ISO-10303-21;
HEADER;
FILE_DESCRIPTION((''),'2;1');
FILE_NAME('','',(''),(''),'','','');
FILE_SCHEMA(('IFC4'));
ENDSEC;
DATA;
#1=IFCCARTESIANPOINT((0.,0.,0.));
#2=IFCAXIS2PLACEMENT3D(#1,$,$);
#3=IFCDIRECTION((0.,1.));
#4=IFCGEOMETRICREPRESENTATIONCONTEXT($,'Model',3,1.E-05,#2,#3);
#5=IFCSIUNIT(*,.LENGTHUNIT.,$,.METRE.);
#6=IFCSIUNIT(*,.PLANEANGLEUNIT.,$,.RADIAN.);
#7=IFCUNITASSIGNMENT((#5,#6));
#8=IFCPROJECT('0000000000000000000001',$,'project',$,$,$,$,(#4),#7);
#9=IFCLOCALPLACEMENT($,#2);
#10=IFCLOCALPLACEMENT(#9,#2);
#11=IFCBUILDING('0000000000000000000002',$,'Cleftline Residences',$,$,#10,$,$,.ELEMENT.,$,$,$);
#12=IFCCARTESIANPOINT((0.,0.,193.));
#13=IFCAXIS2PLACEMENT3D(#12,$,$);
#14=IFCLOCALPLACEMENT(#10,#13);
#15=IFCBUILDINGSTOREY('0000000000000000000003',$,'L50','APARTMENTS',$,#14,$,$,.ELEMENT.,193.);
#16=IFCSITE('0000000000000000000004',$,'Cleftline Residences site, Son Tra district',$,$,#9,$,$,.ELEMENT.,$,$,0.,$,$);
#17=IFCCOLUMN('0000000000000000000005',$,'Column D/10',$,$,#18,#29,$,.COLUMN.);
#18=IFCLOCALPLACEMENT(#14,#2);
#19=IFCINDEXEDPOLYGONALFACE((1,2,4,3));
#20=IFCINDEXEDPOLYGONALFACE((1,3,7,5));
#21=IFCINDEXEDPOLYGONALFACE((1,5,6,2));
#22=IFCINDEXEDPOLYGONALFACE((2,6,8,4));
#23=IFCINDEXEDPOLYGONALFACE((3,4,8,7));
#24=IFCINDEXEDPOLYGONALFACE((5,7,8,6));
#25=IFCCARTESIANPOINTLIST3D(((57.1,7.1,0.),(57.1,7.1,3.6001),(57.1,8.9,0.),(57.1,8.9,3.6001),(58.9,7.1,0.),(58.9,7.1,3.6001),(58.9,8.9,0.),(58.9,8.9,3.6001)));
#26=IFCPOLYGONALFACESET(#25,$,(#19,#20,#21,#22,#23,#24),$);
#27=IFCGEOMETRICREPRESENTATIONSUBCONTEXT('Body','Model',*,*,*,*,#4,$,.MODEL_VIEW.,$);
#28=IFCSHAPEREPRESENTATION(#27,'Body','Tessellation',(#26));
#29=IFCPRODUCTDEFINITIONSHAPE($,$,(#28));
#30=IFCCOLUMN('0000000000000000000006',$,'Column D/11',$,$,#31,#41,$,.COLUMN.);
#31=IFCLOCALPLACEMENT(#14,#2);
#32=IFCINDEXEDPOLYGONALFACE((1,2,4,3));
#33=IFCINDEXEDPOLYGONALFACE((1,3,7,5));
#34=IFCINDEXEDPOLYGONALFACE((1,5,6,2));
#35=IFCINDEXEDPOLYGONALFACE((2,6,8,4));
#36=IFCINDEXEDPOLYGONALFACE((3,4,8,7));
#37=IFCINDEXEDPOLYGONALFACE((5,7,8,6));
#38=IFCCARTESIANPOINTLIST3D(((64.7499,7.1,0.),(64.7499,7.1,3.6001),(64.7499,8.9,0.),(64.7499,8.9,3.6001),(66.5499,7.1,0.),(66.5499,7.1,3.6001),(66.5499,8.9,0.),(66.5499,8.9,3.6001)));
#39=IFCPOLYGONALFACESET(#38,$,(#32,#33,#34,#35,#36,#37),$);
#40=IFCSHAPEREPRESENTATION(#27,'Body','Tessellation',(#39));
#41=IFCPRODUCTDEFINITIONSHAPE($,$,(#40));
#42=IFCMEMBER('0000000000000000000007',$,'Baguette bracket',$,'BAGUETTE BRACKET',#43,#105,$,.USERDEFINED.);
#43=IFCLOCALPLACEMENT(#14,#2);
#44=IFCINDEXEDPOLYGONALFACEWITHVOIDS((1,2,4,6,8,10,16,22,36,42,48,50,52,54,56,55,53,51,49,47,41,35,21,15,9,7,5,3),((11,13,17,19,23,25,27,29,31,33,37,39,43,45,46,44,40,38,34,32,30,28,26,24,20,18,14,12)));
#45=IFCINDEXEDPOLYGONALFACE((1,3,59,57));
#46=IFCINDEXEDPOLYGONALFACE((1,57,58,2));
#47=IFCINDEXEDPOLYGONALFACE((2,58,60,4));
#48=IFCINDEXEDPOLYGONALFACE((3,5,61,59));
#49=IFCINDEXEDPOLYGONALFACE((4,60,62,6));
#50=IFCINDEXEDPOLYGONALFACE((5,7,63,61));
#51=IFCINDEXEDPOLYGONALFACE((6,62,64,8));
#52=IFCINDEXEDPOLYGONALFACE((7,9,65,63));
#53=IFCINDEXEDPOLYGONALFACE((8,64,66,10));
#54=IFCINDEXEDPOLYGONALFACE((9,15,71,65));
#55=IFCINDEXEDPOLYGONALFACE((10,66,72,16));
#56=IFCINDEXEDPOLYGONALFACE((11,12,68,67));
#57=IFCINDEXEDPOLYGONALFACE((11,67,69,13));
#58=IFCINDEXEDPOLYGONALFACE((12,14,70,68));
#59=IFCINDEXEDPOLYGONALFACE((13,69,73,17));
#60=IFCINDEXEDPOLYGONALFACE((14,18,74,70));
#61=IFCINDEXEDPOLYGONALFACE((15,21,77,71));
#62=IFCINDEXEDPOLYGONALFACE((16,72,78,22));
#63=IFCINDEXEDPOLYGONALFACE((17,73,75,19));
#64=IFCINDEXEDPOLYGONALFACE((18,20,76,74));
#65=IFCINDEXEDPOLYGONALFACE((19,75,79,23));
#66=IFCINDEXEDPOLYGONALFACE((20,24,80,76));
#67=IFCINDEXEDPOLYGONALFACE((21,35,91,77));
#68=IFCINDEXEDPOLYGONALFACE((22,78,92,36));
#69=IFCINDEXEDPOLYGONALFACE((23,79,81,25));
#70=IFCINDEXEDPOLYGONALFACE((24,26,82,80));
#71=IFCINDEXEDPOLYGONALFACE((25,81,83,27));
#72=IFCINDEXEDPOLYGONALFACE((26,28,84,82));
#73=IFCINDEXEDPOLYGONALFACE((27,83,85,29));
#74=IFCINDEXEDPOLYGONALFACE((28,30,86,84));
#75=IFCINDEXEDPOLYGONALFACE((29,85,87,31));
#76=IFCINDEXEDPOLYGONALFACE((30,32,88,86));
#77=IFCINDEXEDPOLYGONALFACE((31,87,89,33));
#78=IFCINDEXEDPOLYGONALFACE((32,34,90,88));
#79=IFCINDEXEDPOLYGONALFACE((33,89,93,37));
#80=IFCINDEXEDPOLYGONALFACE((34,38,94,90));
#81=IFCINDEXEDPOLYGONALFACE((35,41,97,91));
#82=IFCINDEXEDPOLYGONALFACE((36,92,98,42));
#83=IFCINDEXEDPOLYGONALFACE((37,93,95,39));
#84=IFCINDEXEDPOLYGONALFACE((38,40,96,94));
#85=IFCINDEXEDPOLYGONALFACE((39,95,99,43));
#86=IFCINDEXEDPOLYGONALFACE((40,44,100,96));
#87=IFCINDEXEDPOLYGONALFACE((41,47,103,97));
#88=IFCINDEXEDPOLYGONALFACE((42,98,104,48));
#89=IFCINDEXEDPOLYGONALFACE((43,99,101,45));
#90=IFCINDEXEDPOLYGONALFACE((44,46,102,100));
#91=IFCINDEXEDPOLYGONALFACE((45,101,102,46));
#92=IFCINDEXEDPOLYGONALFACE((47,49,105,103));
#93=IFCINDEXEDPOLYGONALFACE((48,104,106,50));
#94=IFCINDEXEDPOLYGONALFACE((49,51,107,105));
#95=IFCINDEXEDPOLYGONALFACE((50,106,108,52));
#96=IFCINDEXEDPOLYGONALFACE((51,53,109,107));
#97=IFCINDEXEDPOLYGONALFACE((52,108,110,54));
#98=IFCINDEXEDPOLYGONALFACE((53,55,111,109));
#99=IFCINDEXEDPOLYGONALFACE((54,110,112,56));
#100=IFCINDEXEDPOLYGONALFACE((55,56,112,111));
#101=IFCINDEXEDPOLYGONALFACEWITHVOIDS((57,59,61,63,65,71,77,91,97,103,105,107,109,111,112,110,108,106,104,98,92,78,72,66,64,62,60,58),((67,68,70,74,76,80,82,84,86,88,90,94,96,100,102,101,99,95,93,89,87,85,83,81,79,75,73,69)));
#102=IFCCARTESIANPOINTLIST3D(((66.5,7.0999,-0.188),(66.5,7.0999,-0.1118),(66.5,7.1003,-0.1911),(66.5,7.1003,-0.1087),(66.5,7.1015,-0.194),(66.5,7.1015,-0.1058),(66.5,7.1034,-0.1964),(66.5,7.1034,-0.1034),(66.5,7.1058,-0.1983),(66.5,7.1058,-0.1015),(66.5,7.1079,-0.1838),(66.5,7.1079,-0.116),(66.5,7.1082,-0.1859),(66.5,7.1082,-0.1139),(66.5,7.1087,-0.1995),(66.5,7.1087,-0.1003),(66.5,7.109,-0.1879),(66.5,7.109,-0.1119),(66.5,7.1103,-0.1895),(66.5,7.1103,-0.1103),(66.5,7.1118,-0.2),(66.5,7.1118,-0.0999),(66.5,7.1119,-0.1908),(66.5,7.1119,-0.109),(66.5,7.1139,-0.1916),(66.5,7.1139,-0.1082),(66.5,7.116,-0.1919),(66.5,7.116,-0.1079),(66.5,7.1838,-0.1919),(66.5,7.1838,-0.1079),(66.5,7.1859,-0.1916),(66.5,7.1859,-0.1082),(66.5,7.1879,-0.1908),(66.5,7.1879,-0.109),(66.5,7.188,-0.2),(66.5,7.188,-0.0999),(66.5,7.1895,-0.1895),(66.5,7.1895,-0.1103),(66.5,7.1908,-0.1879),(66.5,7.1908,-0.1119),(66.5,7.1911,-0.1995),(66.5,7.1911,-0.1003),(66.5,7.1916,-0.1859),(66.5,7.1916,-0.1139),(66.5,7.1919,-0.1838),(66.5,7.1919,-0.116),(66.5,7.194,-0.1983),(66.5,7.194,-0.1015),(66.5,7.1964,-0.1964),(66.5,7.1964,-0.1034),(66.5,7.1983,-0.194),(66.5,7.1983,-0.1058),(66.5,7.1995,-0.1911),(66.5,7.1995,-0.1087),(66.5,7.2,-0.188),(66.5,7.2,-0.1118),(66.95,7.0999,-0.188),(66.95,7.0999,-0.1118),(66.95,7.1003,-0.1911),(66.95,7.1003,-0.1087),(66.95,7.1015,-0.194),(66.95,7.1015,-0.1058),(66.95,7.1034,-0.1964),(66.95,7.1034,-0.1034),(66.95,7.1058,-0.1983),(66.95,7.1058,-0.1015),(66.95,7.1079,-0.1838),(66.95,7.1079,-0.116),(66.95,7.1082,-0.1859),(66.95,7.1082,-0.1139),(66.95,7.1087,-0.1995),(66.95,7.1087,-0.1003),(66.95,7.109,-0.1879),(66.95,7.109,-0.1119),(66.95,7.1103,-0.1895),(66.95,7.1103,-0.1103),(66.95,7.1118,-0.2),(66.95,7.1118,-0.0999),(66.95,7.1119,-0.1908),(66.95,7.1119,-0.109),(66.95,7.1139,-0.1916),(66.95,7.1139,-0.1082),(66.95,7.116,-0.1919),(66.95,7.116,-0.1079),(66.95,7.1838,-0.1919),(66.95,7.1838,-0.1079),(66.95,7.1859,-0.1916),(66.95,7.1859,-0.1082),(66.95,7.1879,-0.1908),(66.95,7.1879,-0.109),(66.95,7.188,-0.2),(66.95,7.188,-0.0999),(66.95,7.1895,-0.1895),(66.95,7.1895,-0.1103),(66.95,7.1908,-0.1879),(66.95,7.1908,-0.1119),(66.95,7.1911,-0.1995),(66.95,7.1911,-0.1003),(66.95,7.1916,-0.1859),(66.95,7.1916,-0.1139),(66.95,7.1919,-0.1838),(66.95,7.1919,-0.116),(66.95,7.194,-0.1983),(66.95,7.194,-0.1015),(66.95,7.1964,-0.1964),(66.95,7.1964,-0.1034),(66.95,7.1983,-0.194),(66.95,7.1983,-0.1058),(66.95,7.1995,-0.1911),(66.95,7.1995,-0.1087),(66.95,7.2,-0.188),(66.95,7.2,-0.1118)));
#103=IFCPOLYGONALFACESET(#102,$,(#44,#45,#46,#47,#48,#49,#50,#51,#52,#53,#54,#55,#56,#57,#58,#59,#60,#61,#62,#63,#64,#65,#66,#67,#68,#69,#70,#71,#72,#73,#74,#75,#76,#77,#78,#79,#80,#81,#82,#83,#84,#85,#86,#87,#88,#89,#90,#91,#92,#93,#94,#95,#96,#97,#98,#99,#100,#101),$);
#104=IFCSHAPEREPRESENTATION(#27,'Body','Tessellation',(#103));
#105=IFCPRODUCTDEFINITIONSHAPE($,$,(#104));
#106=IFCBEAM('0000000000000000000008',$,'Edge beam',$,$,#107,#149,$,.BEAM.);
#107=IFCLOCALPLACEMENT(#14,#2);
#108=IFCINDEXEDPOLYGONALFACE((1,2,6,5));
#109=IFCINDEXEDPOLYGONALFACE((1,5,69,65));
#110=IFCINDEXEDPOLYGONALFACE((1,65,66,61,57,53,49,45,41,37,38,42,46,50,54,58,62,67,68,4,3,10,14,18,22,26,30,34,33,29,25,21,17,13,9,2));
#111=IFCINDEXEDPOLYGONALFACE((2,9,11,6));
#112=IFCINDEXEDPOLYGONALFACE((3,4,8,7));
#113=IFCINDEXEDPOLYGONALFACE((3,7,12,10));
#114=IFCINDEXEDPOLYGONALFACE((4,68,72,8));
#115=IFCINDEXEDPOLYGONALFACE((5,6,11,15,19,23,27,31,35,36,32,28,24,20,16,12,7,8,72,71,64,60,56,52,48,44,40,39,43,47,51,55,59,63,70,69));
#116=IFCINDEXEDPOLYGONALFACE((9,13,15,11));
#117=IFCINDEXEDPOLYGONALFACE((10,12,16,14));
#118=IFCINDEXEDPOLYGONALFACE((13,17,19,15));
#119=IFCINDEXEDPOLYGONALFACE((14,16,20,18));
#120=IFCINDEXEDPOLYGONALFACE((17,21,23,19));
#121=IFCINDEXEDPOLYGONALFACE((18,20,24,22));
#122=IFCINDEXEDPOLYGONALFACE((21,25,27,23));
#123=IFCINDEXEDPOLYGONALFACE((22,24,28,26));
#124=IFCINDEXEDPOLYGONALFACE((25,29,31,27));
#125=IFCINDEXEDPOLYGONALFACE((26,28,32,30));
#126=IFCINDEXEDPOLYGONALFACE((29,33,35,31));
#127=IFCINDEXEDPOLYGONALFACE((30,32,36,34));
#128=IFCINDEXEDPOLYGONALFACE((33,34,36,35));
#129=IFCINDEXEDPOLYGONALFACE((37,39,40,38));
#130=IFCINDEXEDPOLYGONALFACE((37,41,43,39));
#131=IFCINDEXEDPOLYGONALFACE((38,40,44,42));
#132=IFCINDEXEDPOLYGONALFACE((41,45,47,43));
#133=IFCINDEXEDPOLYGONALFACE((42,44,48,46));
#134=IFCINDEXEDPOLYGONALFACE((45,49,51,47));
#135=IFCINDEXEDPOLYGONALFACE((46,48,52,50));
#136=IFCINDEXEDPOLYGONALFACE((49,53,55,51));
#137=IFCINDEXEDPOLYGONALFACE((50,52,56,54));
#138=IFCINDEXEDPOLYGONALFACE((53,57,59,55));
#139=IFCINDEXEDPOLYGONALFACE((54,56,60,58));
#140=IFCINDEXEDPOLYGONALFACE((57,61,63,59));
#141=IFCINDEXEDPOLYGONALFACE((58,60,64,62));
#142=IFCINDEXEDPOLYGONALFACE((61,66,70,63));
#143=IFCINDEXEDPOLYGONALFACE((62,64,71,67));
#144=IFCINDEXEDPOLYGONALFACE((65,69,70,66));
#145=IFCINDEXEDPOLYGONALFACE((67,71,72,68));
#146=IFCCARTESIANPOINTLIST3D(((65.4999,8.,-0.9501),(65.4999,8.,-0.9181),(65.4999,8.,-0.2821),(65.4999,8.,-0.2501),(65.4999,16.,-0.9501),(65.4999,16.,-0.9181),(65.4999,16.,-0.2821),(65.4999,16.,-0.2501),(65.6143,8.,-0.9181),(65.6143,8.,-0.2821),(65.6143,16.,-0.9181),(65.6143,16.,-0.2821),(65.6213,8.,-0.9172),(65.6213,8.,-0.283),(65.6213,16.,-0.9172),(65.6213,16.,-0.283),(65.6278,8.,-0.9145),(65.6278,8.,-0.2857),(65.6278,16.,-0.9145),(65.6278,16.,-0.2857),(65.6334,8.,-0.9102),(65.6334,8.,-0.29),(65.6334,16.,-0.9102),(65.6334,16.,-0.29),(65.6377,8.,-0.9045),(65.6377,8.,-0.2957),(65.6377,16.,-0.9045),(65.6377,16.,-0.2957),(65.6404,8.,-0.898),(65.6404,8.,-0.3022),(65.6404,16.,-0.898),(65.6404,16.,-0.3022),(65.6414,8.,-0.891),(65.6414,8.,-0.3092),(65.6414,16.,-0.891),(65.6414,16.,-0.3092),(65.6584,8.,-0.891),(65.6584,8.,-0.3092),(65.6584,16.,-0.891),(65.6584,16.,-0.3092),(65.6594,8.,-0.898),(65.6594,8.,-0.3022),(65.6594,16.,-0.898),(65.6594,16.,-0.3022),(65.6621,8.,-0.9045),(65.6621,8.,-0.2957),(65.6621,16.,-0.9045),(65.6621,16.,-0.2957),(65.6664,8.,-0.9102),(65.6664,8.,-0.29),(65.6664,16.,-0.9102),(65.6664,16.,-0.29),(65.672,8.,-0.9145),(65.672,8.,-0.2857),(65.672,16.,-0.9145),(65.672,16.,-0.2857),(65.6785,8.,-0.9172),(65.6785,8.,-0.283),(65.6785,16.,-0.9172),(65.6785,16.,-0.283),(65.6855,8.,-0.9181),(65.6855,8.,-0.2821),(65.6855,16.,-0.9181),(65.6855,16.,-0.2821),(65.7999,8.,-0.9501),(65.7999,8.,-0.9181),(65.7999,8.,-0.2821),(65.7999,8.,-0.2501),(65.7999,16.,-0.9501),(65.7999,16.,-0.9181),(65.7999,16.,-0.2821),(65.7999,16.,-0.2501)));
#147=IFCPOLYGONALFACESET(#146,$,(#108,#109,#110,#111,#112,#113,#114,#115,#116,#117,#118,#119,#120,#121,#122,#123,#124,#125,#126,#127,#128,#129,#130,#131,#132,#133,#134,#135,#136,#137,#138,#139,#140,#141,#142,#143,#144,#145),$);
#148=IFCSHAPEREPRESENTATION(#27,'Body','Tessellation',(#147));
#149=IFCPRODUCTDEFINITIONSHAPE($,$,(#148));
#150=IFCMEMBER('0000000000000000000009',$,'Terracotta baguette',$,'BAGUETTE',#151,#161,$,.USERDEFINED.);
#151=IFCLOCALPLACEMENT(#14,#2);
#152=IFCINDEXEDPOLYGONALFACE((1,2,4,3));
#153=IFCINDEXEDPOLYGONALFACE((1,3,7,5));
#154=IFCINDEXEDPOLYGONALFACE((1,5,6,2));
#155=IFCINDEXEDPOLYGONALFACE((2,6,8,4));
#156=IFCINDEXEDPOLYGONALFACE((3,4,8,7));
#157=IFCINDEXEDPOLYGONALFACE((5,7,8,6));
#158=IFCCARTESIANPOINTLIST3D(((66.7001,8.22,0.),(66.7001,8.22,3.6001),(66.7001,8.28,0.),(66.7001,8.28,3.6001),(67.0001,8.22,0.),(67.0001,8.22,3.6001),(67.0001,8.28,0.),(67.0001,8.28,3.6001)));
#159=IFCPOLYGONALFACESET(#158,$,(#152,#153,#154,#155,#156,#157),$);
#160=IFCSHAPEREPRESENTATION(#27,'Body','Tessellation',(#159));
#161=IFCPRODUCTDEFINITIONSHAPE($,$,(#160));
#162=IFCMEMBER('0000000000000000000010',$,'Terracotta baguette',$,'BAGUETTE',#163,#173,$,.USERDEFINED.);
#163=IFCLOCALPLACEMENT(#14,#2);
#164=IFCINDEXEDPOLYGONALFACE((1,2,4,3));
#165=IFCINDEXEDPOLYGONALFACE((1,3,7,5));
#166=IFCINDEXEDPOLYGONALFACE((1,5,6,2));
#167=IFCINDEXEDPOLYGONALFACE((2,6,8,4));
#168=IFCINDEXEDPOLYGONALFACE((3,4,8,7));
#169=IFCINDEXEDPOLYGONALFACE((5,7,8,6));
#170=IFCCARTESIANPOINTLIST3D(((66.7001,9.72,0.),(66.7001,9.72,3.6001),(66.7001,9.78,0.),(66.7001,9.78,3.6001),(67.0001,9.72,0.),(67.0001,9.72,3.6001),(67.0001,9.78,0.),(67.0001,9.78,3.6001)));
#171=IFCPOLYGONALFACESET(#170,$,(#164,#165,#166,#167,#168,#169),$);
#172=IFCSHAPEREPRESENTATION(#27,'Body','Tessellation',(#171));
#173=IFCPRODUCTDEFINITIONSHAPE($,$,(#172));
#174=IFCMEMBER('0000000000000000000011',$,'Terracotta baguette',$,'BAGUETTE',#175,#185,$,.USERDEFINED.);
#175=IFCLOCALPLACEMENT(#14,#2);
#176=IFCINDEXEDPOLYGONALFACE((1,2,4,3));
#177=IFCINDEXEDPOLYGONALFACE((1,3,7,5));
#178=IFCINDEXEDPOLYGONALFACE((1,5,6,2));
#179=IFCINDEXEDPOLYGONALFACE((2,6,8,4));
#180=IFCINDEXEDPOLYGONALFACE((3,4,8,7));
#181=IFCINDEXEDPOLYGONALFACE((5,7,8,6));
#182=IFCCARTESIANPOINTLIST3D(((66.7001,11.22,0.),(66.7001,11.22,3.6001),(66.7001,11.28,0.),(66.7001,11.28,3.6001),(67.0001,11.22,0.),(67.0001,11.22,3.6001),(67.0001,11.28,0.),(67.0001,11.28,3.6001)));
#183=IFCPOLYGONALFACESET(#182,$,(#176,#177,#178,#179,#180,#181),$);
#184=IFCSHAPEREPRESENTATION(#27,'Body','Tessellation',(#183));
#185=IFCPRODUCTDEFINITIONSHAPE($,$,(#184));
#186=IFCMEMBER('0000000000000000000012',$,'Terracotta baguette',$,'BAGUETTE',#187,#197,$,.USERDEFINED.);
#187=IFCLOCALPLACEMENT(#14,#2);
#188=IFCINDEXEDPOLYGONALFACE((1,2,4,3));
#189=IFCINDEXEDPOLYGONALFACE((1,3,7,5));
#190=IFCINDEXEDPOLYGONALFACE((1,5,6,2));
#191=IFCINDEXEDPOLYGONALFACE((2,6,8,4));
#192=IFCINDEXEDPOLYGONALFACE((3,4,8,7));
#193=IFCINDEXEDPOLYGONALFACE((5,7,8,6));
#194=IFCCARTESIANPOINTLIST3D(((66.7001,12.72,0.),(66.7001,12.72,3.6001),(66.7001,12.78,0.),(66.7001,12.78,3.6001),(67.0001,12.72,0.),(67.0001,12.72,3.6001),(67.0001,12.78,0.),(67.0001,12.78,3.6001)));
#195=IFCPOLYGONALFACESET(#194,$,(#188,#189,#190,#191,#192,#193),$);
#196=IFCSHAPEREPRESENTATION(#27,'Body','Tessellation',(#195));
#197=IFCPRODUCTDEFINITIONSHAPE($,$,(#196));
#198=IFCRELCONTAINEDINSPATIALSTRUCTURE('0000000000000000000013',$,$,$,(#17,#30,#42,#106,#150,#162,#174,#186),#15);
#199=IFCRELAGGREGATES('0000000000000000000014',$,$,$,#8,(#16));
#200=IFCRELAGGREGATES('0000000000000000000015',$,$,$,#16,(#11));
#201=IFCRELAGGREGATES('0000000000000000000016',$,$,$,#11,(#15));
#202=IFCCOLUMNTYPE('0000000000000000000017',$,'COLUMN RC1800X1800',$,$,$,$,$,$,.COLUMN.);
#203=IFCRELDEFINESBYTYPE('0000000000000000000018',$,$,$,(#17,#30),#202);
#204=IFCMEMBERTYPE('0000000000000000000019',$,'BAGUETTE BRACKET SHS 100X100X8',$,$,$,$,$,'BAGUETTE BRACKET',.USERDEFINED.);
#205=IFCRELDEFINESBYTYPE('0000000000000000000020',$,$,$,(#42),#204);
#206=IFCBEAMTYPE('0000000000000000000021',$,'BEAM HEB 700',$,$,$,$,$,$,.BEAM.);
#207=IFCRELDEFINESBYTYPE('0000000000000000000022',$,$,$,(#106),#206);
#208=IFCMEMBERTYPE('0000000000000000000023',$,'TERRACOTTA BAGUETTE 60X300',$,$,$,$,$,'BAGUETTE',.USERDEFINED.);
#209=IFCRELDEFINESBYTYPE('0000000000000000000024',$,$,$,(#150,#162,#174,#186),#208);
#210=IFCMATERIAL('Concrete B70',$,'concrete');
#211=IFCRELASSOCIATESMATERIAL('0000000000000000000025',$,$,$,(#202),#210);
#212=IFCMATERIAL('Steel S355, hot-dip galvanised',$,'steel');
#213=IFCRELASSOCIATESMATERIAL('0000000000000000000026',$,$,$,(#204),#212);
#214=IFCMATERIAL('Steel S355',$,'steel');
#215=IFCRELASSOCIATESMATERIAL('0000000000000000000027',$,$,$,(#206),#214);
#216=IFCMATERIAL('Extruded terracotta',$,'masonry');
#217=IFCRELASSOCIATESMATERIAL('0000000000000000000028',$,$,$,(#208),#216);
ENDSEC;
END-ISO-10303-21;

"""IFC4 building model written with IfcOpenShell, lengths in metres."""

from ifc_helpers import new_model, si_unit, direction, frame, origin, origin_2d, place, context, subcontext, project, spatial, rectangle, hollow_rectangle, i_section, extrude, material, material_profile, profile_set, type_object, element, save


model = new_model("IFC4")

# Units and contexts
model_context = context("Model", 3, precision=1e-05, world=origin(), true_north=direction((0.0, 1.0)))
body_context = subcontext(model_context, "Body", "Model", "MODEL_VIEW")
ifc_project = project(units=[si_unit("LENGTHUNIT", "METRE"), si_unit("PLANEANGLEUNIT", "RADIAN")], contexts=[model_context])

# Site, building, storey
site_placement = place(None, origin())
site = spatial("IfcSite", under=ifc_project, at=site_placement, Name="Cleftline Residences site, Son Tra district", CompositionType="ELEMENT", RefElevation=0.0)
building_placement = place(site_placement, origin())
building = spatial("IfcBuilding", under=site, at=building_placement, Name="Cleftline Residences", CompositionType="ELEMENT")
storey_placement = place(building_placement, frame((0.0, 0.0, 193.0)))
storey = spatial("IfcBuildingStorey", under=building, at=storey_placement, Name="L50", Description="APARTMENTS", CompositionType="ELEMENT", Elevation=193.0)

# Columns
ifc_material_1 = material(Name="Concrete B70", Category="concrete")
ifc_material_profile_1 = material_profile(ifc_material_1, rectangle(XDim=1.8, YDim=1.8, at=origin_2d()))
ifc_profile_set_1 = profile_set([ifc_material_profile_1], Name="Concrete B70")
column_type = type_object("IfcColumnType", Name="COLUMN RC1800X1800", PredefinedType="COLUMN", material=ifc_profile_set_1)
for number, where, z_axis, x_axis, name in (
    (1, (58.0, 8.0, 0.0), (0.0, 0.0, 1.0), (1.0, 0.0, 0.0), "Column D/10"),
    (2, (65.6499, 8.0, 0.0), (0.0, 0.0, 1.0), (1.0, 0.0, 0.0), "Column D/11"),
):
    element("IfcColumn", number, at=place(storey_placement, frame(where, z_axis=z_axis, x_axis=x_axis)), inside=storey, type_object=column_type, Name=name, PredefinedType="COLUMN", context=body_context, shape_type="SweptSolid", body=[
        extrude(rectangle(XDim=1.8, YDim=1.8, at=origin_2d()), origin(), (0.0, 0.0, 1.0), 3.6001),
    ])

# Member
ifc_material_2 = material(Name="Steel S355, hot-dip galvanised", Category="steel")
ifc_material_profile_2 = material_profile(ifc_material_2, hollow_rectangle(XDim=0.1001, YDim=0.1001, WallThickness=0.0081, InnerFilletRadius=0.0081, OuterFilletRadius=0.012, at=origin_2d()))
ifc_profile_set_2 = profile_set([ifc_material_profile_2], Name="Steel S355, hot-dip galvanised")
member_type_1 = type_object("IfcMemberType", Name="BAGUETTE BRACKET SHS 100X100X8", ElementType="BAGUETTE BRACKET", PredefinedType="USERDEFINED", material=ifc_profile_set_2)
member_placement = place(storey_placement, frame((66.5, 7.1499, -0.1499), z_axis=(1.0, 0.0, 0.0), x_axis=(0.0, 1.0, 0.0)))
element("IfcMember", 3, at=member_placement, inside=storey, type_object=member_type_1, Name="Baguette bracket", ObjectType="BAGUETTE BRACKET", PredefinedType="USERDEFINED", context=body_context, shape_type="SweptSolid", body=[
    extrude(hollow_rectangle(XDim=0.1001, YDim=0.1001, WallThickness=0.0081, InnerFilletRadius=0.0081, OuterFilletRadius=0.012, at=origin_2d()), origin(), (0.0, 0.0, 1.0), 0.45),
])

# Beam
ifc_material_3 = material(Name="Steel S355", Category="steel")
ifc_material_profile_3 = material_profile(ifc_material_3, i_section(OverallWidth=0.3, OverallDepth=0.7, WebThickness=0.0171, FlangeThickness=0.032, FilletRadius=0.0271, at=origin_2d()))
ifc_profile_set_3 = profile_set([ifc_material_profile_3], Name="Steel S355")
beam_type = type_object("IfcBeamType", Name="BEAM HEB 700", PredefinedType="BEAM", material=ifc_profile_set_3)
beam_placement = place(storey_placement, frame((65.6499, 8.0, -0.6001), z_axis=(0.0, 1.0, 0.0), x_axis=(-1.0, 0.0, 0.0)))
element("IfcBeam", 4, at=beam_placement, inside=storey, type_object=beam_type, Name="Edge beam", PredefinedType="BEAM", context=body_context, shape_type="SweptSolid", body=[
    extrude(i_section(OverallWidth=0.3, OverallDepth=0.7, WebThickness=0.0171, FlangeThickness=0.032, FilletRadius=0.0271, at=origin_2d()), origin(), (0.0, 0.0, 1.0), 8.0),
])

# Members
ifc_material_4 = material(Name="Extruded terracotta", Category="masonry")
ifc_material_profile_4 = material_profile(ifc_material_4, rectangle(XDim=0.0601, YDim=0.3, at=origin_2d()))
ifc_profile_set_4 = profile_set([ifc_material_profile_4], Name="Extruded terracotta")
member_type_2 = type_object("IfcMemberType", Name="TERRACOTTA BAGUETTE 60X300", ElementType="BAGUETTE", PredefinedType="USERDEFINED", material=ifc_profile_set_4)
for number, where, z_axis, x_axis, name in (
    (5, (66.8501, 8.25, 0.0), (0.0, 0.0, 1.0), (0.0, 1.0, 0.0), "Terracotta baguette"),
    (6, (66.8501, 9.75, 0.0), (0.0, 0.0, 1.0), (0.0, 1.0, 0.0), "Terracotta baguette"),
    (7, (66.8501, 11.25, 0.0), (0.0, 0.0, 1.0), (0.0, 1.0, 0.0), "Terracotta baguette"),
    (8, (66.8501, 12.75, 0.0), (0.0, 0.0, 1.0), (0.0, 1.0, 0.0), "Terracotta baguette"),
):
    element("IfcMember", number, at=place(storey_placement, frame(where, z_axis=z_axis, x_axis=x_axis)), inside=storey, type_object=member_type_2, Name=name, ObjectType="BAGUETTE", PredefinedType="USERDEFINED", context=body_context, shape_type="SweptSolid", body=[
        extrude(rectangle(XDim=0.0601, YDim=0.3, at=origin_2d()), origin(), (0.0, 0.0, 1.0), 3.6001),
    ])

save(model, "model.ifc")
